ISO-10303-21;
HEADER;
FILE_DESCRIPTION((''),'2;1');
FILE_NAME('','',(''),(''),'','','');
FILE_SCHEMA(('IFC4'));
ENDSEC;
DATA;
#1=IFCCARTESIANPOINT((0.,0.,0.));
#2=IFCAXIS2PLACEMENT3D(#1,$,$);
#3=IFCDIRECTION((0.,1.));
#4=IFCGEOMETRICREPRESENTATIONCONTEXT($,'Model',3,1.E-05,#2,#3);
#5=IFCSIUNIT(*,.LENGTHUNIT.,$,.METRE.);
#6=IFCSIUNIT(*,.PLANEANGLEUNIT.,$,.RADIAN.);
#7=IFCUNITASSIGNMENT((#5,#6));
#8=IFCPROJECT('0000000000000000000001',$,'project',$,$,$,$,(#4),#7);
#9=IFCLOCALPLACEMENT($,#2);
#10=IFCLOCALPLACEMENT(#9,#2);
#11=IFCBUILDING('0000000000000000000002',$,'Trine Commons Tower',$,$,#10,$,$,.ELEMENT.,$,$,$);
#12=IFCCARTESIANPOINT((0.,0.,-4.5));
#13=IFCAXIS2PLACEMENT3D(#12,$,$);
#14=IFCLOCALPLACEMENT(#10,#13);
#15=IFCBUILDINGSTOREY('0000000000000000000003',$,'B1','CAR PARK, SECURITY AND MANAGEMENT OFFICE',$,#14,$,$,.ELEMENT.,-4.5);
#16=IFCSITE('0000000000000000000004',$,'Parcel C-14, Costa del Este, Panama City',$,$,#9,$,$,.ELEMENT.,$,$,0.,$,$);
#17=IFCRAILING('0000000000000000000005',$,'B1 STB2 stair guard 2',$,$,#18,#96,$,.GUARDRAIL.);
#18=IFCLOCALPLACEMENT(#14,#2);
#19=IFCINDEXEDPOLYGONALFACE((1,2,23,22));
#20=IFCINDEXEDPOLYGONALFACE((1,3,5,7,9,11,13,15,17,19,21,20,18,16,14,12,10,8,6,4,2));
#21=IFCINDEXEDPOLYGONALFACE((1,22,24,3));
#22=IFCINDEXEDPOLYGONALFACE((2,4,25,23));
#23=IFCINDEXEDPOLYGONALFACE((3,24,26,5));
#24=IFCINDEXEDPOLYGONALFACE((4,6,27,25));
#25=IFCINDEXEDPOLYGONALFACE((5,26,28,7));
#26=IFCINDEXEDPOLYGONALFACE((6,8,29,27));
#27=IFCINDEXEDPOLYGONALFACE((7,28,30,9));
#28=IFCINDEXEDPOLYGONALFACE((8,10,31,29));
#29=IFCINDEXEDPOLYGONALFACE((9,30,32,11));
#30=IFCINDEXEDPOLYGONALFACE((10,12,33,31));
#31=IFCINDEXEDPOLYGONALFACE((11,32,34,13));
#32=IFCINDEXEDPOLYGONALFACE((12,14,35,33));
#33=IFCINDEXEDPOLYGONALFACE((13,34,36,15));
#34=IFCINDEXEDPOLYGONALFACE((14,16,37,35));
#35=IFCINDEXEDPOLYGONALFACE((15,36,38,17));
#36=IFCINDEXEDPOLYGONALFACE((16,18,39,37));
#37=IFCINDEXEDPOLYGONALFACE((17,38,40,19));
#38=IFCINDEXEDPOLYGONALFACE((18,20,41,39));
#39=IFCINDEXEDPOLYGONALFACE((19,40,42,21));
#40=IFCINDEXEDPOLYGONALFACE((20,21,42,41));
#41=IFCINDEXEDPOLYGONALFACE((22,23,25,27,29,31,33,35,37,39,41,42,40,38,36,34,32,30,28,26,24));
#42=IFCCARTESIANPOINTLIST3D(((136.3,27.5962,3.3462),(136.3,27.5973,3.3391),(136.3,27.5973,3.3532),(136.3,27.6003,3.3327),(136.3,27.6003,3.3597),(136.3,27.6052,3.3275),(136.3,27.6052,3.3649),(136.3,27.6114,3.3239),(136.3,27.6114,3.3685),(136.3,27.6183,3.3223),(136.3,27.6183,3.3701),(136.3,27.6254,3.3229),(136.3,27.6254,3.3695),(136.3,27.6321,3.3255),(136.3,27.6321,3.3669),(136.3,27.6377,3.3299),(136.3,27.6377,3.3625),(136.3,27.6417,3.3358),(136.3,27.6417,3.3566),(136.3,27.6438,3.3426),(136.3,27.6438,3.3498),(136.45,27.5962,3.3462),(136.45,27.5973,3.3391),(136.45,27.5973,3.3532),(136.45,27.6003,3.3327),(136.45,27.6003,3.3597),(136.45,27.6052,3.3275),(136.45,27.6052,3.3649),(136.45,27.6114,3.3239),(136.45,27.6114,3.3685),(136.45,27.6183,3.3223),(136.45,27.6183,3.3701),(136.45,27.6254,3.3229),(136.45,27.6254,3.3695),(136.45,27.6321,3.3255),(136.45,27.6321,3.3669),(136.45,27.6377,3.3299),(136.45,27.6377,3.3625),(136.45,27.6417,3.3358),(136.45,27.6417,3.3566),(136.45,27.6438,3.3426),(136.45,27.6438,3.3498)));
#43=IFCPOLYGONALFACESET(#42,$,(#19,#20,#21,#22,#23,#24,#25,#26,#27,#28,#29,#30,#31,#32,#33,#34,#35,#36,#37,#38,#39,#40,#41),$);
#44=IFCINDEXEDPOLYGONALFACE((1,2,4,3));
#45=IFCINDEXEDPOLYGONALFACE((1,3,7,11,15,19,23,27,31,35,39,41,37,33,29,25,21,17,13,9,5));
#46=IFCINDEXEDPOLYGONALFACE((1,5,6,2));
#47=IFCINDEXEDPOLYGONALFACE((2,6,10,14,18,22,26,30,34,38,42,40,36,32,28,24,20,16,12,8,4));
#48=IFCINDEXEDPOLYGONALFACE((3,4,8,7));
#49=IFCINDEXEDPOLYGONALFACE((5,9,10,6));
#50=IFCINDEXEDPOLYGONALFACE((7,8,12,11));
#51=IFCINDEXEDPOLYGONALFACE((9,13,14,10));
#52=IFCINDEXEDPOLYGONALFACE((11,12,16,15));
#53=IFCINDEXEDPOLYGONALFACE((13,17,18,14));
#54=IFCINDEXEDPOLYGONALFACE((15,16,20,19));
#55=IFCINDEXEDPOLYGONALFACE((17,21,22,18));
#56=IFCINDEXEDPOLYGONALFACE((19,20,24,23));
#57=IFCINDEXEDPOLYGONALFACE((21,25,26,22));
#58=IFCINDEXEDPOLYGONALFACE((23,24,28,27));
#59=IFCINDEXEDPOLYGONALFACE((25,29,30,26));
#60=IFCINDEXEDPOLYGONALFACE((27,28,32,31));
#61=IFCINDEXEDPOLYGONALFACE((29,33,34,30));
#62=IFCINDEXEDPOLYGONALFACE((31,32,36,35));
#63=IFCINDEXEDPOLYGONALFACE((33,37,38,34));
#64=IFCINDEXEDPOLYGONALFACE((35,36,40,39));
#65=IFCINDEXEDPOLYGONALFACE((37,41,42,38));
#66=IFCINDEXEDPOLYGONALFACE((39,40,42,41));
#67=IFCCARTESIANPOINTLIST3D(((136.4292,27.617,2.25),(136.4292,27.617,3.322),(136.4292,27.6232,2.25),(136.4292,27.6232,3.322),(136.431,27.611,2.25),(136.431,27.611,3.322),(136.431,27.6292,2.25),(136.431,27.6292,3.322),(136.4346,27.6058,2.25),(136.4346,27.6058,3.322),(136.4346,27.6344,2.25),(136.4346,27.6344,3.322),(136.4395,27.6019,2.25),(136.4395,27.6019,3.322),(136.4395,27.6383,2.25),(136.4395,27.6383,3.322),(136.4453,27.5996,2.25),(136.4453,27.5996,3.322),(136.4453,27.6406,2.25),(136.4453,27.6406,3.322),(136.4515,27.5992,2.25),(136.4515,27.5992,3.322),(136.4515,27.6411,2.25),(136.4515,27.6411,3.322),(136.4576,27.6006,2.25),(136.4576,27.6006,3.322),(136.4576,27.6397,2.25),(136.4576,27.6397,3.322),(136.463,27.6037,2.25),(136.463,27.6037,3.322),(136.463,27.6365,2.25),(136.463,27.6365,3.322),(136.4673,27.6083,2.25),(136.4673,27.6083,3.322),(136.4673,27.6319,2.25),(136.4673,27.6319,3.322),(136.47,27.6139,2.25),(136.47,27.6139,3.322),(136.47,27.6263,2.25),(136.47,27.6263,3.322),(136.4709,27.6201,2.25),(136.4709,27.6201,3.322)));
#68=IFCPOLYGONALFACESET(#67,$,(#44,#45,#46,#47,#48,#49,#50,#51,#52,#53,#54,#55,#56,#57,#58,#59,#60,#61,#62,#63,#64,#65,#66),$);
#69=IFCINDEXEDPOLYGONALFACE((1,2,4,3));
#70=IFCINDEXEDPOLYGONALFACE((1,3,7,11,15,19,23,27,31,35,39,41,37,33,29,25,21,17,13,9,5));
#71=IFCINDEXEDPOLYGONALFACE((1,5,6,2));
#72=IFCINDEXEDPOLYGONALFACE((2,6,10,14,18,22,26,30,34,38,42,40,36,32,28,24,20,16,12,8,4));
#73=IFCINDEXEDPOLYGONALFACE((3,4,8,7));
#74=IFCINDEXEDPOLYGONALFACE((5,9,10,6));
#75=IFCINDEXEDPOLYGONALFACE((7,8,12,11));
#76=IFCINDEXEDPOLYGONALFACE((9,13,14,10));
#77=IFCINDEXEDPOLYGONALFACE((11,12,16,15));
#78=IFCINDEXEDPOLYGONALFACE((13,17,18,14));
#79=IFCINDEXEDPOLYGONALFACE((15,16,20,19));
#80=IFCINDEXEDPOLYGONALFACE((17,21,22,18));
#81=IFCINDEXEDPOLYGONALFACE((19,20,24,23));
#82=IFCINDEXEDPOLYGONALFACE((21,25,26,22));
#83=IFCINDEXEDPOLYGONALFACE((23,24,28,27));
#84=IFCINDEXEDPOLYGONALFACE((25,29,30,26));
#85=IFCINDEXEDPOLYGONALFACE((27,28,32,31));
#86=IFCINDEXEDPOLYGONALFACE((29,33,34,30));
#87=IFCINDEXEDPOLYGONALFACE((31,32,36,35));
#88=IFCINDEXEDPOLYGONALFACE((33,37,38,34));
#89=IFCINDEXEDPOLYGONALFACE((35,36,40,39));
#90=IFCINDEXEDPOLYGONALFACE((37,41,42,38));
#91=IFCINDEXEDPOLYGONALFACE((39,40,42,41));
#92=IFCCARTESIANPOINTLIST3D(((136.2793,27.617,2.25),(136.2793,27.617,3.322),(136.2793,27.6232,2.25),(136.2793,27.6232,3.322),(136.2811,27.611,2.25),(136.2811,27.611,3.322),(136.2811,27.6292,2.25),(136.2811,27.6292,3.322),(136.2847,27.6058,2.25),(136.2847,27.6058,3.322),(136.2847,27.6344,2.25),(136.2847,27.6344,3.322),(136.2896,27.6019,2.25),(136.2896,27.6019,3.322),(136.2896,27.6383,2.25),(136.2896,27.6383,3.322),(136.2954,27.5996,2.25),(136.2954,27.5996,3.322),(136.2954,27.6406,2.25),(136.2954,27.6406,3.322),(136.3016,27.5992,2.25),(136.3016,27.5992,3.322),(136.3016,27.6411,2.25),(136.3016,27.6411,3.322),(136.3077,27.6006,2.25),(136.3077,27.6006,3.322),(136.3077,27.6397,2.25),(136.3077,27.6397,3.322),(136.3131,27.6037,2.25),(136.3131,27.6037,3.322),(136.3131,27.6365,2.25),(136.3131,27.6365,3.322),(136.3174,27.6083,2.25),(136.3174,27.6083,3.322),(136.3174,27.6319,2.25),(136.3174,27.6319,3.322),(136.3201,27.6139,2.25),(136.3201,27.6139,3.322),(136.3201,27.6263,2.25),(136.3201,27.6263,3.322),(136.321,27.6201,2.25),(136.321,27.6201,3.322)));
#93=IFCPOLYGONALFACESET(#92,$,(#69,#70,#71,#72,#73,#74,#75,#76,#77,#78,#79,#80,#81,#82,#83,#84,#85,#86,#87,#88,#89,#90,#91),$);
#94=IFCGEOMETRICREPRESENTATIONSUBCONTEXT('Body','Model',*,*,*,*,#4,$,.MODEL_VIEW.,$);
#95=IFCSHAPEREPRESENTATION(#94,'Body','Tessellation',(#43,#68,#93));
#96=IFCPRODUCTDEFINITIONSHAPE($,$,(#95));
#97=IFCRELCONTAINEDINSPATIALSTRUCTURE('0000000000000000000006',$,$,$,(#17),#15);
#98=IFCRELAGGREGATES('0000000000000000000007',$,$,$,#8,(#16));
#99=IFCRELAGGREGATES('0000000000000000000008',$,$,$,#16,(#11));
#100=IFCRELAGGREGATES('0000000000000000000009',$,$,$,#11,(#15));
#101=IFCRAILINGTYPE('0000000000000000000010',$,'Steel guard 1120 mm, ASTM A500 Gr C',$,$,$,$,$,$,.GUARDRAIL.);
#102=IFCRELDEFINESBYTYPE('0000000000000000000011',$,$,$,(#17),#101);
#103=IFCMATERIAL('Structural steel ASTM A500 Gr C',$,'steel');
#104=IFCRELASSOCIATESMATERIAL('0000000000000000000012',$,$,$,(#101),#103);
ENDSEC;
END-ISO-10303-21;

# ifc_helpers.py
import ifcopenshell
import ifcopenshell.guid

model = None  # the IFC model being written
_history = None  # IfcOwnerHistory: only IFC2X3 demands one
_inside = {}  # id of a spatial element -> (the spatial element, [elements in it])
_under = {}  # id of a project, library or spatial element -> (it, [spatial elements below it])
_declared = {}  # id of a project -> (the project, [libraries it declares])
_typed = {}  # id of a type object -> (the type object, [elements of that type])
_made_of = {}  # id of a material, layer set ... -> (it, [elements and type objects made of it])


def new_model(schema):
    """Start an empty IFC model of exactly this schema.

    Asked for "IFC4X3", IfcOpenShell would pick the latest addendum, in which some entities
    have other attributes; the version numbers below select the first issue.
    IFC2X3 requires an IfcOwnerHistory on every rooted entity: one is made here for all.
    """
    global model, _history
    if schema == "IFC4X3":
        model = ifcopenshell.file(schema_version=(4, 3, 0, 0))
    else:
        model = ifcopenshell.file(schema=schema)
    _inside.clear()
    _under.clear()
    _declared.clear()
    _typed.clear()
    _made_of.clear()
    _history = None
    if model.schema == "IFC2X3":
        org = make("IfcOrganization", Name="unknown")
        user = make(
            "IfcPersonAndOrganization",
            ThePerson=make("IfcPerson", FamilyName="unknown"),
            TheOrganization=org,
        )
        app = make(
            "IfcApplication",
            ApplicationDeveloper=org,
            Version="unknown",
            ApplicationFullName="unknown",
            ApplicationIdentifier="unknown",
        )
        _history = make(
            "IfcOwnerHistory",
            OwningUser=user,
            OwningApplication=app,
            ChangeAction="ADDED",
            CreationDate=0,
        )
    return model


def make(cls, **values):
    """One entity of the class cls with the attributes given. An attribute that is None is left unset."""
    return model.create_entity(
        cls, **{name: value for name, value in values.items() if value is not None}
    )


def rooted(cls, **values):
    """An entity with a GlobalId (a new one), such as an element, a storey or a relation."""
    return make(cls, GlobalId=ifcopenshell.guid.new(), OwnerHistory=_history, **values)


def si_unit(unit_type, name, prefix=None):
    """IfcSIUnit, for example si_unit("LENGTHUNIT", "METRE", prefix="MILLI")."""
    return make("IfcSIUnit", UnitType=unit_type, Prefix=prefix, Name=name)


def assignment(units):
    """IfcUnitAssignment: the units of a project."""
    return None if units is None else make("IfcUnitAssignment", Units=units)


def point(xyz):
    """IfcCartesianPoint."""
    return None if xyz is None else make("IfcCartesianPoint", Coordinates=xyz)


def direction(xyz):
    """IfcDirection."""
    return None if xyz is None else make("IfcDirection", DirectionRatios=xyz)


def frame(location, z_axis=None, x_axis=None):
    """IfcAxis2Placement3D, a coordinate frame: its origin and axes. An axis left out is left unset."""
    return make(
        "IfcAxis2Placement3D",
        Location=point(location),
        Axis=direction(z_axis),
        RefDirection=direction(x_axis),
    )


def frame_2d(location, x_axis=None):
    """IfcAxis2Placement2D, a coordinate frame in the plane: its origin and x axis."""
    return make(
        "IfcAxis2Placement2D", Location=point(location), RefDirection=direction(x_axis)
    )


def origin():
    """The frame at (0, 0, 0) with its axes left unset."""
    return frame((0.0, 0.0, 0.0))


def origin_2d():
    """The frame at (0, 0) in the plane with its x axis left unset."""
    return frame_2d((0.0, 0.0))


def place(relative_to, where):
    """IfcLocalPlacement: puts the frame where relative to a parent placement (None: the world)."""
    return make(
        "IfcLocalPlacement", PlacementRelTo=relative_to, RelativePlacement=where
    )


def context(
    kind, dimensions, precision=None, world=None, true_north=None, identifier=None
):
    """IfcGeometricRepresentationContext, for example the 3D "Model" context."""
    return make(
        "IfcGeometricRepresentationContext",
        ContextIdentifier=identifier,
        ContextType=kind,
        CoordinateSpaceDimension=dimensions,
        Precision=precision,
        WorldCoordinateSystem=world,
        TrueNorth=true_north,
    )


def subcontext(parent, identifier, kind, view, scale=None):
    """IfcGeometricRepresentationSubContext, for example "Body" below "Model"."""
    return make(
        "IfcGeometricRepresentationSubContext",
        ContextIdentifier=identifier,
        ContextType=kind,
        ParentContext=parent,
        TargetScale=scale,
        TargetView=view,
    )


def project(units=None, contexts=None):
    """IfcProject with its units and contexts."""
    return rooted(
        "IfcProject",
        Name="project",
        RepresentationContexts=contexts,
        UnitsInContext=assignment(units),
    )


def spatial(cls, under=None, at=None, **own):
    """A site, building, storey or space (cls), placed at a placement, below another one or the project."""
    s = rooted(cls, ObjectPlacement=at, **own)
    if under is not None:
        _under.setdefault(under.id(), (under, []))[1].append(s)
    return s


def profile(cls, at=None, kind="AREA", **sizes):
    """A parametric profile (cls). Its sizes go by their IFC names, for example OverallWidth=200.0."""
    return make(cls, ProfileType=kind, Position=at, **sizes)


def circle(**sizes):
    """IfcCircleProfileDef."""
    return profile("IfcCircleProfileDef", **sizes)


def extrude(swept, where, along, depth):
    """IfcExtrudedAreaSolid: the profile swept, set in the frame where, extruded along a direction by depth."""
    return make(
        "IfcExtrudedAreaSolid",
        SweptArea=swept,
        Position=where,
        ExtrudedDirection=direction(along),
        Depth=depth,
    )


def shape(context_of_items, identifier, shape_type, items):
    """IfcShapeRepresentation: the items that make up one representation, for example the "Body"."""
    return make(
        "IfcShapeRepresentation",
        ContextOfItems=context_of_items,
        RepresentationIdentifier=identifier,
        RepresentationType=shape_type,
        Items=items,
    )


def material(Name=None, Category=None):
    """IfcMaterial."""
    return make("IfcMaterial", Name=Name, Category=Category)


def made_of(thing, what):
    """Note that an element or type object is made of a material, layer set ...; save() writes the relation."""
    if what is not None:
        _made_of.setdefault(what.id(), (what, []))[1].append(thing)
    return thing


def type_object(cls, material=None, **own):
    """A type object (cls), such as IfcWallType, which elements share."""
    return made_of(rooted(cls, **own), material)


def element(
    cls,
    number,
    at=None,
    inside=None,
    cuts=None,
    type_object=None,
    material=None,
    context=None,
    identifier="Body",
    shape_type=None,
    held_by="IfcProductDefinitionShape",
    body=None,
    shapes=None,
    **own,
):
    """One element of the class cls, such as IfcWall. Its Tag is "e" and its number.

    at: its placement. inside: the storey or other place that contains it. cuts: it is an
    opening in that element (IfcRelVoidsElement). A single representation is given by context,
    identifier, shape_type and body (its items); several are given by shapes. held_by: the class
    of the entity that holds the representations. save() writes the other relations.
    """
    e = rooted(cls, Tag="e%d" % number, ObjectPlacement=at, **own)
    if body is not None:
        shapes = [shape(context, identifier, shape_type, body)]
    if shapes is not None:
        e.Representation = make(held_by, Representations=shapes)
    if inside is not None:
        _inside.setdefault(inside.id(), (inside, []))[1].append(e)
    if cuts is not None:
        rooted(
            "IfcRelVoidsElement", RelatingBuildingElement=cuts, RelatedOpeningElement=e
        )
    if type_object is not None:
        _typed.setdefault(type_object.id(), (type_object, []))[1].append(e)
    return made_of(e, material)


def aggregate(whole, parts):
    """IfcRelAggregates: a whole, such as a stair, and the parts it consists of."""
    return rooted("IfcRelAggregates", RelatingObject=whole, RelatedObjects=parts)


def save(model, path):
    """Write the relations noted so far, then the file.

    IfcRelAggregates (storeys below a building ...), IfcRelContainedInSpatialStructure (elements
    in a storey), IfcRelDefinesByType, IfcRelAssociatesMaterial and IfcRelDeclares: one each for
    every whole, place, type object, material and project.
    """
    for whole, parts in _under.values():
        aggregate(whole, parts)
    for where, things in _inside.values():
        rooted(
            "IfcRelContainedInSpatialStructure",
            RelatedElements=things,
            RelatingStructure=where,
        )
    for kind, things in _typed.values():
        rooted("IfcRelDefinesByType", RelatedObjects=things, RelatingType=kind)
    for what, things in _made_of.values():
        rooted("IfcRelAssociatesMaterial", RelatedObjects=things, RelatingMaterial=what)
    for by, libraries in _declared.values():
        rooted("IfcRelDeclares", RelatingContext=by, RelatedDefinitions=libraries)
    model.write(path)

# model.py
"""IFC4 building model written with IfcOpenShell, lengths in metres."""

from ifc_helpers import new_model, si_unit, direction, frame, origin, origin_2d, place, context, subcontext, project, spatial, circle, extrude, material, type_object, element, save


model = new_model("IFC4")

# Units and contexts
model_context = context("Model", 3, precision=1e-05, world=origin(), true_north=direction((0.0, 1.0)))
body_context = subcontext(model_context, "Body", "Model", "MODEL_VIEW")
ifc_project = project(units=[si_unit("LENGTHUNIT", "METRE"), si_unit("PLANEANGLEUNIT", "RADIAN")], contexts=[model_context])

# Site, building, storey
site_placement = place(None, origin())
site = spatial("IfcSite", under=ifc_project, at=site_placement, Name="Parcel C-14, Costa del Este, Panama City", CompositionType="ELEMENT", RefElevation=0.0)
building_placement = place(site_placement, origin())
building = spatial("IfcBuilding", under=site, at=building_placement, Name="Trine Commons Tower", CompositionType="ELEMENT")
storey_placement = place(building_placement, frame((0.0, 0.0, -4.5)))
storey = spatial("IfcBuildingStorey", under=building, at=storey_placement, Name="B1", Description="CAR PARK, SECURITY AND MANAGEMENT OFFICE", CompositionType="ELEMENT", Elevation=-4.5)

# Railing
ifc_material_1 = material(Name="Structural steel ASTM A500 Gr C", Category="steel")
railing_type_1 = type_object("IfcRailingType", Name="Steel guard 1120 mm, ASTM A500 Gr C", PredefinedType="GUARDRAIL", material=ifc_material_1)
railing_1_placement = place(storey_placement, frame((136.45, 27.6201, 2.25)))
element("IfcRailing", 1, at=railing_1_placement, inside=storey, type_object=railing_type_1, Name="B1 STB2 stair guard 2", PredefinedType="GUARDRAIL", context=body_context, shape_type="SweptSolid", body=[
    extrude(circle(Radius=0.0239, at=origin_2d()), frame((0.0, 0.0, 1.0962), z_axis=(-1.0, 0.0, 0.0), x_axis=(0.0, -1.0, 0.0)), (0.0, 0.0, 1.0), 0.1499),
    extrude(circle(Radius=0.021, at=origin_2d()), origin(), (0.0, 0.0, 1.0), 1.072),
    extrude(circle(Radius=0.021, at=origin_2d()), frame((-0.1499, 0.0, 0.0)), (0.0, 0.0, 1.0), 1.072),
])

save(model, "model.ifc")
